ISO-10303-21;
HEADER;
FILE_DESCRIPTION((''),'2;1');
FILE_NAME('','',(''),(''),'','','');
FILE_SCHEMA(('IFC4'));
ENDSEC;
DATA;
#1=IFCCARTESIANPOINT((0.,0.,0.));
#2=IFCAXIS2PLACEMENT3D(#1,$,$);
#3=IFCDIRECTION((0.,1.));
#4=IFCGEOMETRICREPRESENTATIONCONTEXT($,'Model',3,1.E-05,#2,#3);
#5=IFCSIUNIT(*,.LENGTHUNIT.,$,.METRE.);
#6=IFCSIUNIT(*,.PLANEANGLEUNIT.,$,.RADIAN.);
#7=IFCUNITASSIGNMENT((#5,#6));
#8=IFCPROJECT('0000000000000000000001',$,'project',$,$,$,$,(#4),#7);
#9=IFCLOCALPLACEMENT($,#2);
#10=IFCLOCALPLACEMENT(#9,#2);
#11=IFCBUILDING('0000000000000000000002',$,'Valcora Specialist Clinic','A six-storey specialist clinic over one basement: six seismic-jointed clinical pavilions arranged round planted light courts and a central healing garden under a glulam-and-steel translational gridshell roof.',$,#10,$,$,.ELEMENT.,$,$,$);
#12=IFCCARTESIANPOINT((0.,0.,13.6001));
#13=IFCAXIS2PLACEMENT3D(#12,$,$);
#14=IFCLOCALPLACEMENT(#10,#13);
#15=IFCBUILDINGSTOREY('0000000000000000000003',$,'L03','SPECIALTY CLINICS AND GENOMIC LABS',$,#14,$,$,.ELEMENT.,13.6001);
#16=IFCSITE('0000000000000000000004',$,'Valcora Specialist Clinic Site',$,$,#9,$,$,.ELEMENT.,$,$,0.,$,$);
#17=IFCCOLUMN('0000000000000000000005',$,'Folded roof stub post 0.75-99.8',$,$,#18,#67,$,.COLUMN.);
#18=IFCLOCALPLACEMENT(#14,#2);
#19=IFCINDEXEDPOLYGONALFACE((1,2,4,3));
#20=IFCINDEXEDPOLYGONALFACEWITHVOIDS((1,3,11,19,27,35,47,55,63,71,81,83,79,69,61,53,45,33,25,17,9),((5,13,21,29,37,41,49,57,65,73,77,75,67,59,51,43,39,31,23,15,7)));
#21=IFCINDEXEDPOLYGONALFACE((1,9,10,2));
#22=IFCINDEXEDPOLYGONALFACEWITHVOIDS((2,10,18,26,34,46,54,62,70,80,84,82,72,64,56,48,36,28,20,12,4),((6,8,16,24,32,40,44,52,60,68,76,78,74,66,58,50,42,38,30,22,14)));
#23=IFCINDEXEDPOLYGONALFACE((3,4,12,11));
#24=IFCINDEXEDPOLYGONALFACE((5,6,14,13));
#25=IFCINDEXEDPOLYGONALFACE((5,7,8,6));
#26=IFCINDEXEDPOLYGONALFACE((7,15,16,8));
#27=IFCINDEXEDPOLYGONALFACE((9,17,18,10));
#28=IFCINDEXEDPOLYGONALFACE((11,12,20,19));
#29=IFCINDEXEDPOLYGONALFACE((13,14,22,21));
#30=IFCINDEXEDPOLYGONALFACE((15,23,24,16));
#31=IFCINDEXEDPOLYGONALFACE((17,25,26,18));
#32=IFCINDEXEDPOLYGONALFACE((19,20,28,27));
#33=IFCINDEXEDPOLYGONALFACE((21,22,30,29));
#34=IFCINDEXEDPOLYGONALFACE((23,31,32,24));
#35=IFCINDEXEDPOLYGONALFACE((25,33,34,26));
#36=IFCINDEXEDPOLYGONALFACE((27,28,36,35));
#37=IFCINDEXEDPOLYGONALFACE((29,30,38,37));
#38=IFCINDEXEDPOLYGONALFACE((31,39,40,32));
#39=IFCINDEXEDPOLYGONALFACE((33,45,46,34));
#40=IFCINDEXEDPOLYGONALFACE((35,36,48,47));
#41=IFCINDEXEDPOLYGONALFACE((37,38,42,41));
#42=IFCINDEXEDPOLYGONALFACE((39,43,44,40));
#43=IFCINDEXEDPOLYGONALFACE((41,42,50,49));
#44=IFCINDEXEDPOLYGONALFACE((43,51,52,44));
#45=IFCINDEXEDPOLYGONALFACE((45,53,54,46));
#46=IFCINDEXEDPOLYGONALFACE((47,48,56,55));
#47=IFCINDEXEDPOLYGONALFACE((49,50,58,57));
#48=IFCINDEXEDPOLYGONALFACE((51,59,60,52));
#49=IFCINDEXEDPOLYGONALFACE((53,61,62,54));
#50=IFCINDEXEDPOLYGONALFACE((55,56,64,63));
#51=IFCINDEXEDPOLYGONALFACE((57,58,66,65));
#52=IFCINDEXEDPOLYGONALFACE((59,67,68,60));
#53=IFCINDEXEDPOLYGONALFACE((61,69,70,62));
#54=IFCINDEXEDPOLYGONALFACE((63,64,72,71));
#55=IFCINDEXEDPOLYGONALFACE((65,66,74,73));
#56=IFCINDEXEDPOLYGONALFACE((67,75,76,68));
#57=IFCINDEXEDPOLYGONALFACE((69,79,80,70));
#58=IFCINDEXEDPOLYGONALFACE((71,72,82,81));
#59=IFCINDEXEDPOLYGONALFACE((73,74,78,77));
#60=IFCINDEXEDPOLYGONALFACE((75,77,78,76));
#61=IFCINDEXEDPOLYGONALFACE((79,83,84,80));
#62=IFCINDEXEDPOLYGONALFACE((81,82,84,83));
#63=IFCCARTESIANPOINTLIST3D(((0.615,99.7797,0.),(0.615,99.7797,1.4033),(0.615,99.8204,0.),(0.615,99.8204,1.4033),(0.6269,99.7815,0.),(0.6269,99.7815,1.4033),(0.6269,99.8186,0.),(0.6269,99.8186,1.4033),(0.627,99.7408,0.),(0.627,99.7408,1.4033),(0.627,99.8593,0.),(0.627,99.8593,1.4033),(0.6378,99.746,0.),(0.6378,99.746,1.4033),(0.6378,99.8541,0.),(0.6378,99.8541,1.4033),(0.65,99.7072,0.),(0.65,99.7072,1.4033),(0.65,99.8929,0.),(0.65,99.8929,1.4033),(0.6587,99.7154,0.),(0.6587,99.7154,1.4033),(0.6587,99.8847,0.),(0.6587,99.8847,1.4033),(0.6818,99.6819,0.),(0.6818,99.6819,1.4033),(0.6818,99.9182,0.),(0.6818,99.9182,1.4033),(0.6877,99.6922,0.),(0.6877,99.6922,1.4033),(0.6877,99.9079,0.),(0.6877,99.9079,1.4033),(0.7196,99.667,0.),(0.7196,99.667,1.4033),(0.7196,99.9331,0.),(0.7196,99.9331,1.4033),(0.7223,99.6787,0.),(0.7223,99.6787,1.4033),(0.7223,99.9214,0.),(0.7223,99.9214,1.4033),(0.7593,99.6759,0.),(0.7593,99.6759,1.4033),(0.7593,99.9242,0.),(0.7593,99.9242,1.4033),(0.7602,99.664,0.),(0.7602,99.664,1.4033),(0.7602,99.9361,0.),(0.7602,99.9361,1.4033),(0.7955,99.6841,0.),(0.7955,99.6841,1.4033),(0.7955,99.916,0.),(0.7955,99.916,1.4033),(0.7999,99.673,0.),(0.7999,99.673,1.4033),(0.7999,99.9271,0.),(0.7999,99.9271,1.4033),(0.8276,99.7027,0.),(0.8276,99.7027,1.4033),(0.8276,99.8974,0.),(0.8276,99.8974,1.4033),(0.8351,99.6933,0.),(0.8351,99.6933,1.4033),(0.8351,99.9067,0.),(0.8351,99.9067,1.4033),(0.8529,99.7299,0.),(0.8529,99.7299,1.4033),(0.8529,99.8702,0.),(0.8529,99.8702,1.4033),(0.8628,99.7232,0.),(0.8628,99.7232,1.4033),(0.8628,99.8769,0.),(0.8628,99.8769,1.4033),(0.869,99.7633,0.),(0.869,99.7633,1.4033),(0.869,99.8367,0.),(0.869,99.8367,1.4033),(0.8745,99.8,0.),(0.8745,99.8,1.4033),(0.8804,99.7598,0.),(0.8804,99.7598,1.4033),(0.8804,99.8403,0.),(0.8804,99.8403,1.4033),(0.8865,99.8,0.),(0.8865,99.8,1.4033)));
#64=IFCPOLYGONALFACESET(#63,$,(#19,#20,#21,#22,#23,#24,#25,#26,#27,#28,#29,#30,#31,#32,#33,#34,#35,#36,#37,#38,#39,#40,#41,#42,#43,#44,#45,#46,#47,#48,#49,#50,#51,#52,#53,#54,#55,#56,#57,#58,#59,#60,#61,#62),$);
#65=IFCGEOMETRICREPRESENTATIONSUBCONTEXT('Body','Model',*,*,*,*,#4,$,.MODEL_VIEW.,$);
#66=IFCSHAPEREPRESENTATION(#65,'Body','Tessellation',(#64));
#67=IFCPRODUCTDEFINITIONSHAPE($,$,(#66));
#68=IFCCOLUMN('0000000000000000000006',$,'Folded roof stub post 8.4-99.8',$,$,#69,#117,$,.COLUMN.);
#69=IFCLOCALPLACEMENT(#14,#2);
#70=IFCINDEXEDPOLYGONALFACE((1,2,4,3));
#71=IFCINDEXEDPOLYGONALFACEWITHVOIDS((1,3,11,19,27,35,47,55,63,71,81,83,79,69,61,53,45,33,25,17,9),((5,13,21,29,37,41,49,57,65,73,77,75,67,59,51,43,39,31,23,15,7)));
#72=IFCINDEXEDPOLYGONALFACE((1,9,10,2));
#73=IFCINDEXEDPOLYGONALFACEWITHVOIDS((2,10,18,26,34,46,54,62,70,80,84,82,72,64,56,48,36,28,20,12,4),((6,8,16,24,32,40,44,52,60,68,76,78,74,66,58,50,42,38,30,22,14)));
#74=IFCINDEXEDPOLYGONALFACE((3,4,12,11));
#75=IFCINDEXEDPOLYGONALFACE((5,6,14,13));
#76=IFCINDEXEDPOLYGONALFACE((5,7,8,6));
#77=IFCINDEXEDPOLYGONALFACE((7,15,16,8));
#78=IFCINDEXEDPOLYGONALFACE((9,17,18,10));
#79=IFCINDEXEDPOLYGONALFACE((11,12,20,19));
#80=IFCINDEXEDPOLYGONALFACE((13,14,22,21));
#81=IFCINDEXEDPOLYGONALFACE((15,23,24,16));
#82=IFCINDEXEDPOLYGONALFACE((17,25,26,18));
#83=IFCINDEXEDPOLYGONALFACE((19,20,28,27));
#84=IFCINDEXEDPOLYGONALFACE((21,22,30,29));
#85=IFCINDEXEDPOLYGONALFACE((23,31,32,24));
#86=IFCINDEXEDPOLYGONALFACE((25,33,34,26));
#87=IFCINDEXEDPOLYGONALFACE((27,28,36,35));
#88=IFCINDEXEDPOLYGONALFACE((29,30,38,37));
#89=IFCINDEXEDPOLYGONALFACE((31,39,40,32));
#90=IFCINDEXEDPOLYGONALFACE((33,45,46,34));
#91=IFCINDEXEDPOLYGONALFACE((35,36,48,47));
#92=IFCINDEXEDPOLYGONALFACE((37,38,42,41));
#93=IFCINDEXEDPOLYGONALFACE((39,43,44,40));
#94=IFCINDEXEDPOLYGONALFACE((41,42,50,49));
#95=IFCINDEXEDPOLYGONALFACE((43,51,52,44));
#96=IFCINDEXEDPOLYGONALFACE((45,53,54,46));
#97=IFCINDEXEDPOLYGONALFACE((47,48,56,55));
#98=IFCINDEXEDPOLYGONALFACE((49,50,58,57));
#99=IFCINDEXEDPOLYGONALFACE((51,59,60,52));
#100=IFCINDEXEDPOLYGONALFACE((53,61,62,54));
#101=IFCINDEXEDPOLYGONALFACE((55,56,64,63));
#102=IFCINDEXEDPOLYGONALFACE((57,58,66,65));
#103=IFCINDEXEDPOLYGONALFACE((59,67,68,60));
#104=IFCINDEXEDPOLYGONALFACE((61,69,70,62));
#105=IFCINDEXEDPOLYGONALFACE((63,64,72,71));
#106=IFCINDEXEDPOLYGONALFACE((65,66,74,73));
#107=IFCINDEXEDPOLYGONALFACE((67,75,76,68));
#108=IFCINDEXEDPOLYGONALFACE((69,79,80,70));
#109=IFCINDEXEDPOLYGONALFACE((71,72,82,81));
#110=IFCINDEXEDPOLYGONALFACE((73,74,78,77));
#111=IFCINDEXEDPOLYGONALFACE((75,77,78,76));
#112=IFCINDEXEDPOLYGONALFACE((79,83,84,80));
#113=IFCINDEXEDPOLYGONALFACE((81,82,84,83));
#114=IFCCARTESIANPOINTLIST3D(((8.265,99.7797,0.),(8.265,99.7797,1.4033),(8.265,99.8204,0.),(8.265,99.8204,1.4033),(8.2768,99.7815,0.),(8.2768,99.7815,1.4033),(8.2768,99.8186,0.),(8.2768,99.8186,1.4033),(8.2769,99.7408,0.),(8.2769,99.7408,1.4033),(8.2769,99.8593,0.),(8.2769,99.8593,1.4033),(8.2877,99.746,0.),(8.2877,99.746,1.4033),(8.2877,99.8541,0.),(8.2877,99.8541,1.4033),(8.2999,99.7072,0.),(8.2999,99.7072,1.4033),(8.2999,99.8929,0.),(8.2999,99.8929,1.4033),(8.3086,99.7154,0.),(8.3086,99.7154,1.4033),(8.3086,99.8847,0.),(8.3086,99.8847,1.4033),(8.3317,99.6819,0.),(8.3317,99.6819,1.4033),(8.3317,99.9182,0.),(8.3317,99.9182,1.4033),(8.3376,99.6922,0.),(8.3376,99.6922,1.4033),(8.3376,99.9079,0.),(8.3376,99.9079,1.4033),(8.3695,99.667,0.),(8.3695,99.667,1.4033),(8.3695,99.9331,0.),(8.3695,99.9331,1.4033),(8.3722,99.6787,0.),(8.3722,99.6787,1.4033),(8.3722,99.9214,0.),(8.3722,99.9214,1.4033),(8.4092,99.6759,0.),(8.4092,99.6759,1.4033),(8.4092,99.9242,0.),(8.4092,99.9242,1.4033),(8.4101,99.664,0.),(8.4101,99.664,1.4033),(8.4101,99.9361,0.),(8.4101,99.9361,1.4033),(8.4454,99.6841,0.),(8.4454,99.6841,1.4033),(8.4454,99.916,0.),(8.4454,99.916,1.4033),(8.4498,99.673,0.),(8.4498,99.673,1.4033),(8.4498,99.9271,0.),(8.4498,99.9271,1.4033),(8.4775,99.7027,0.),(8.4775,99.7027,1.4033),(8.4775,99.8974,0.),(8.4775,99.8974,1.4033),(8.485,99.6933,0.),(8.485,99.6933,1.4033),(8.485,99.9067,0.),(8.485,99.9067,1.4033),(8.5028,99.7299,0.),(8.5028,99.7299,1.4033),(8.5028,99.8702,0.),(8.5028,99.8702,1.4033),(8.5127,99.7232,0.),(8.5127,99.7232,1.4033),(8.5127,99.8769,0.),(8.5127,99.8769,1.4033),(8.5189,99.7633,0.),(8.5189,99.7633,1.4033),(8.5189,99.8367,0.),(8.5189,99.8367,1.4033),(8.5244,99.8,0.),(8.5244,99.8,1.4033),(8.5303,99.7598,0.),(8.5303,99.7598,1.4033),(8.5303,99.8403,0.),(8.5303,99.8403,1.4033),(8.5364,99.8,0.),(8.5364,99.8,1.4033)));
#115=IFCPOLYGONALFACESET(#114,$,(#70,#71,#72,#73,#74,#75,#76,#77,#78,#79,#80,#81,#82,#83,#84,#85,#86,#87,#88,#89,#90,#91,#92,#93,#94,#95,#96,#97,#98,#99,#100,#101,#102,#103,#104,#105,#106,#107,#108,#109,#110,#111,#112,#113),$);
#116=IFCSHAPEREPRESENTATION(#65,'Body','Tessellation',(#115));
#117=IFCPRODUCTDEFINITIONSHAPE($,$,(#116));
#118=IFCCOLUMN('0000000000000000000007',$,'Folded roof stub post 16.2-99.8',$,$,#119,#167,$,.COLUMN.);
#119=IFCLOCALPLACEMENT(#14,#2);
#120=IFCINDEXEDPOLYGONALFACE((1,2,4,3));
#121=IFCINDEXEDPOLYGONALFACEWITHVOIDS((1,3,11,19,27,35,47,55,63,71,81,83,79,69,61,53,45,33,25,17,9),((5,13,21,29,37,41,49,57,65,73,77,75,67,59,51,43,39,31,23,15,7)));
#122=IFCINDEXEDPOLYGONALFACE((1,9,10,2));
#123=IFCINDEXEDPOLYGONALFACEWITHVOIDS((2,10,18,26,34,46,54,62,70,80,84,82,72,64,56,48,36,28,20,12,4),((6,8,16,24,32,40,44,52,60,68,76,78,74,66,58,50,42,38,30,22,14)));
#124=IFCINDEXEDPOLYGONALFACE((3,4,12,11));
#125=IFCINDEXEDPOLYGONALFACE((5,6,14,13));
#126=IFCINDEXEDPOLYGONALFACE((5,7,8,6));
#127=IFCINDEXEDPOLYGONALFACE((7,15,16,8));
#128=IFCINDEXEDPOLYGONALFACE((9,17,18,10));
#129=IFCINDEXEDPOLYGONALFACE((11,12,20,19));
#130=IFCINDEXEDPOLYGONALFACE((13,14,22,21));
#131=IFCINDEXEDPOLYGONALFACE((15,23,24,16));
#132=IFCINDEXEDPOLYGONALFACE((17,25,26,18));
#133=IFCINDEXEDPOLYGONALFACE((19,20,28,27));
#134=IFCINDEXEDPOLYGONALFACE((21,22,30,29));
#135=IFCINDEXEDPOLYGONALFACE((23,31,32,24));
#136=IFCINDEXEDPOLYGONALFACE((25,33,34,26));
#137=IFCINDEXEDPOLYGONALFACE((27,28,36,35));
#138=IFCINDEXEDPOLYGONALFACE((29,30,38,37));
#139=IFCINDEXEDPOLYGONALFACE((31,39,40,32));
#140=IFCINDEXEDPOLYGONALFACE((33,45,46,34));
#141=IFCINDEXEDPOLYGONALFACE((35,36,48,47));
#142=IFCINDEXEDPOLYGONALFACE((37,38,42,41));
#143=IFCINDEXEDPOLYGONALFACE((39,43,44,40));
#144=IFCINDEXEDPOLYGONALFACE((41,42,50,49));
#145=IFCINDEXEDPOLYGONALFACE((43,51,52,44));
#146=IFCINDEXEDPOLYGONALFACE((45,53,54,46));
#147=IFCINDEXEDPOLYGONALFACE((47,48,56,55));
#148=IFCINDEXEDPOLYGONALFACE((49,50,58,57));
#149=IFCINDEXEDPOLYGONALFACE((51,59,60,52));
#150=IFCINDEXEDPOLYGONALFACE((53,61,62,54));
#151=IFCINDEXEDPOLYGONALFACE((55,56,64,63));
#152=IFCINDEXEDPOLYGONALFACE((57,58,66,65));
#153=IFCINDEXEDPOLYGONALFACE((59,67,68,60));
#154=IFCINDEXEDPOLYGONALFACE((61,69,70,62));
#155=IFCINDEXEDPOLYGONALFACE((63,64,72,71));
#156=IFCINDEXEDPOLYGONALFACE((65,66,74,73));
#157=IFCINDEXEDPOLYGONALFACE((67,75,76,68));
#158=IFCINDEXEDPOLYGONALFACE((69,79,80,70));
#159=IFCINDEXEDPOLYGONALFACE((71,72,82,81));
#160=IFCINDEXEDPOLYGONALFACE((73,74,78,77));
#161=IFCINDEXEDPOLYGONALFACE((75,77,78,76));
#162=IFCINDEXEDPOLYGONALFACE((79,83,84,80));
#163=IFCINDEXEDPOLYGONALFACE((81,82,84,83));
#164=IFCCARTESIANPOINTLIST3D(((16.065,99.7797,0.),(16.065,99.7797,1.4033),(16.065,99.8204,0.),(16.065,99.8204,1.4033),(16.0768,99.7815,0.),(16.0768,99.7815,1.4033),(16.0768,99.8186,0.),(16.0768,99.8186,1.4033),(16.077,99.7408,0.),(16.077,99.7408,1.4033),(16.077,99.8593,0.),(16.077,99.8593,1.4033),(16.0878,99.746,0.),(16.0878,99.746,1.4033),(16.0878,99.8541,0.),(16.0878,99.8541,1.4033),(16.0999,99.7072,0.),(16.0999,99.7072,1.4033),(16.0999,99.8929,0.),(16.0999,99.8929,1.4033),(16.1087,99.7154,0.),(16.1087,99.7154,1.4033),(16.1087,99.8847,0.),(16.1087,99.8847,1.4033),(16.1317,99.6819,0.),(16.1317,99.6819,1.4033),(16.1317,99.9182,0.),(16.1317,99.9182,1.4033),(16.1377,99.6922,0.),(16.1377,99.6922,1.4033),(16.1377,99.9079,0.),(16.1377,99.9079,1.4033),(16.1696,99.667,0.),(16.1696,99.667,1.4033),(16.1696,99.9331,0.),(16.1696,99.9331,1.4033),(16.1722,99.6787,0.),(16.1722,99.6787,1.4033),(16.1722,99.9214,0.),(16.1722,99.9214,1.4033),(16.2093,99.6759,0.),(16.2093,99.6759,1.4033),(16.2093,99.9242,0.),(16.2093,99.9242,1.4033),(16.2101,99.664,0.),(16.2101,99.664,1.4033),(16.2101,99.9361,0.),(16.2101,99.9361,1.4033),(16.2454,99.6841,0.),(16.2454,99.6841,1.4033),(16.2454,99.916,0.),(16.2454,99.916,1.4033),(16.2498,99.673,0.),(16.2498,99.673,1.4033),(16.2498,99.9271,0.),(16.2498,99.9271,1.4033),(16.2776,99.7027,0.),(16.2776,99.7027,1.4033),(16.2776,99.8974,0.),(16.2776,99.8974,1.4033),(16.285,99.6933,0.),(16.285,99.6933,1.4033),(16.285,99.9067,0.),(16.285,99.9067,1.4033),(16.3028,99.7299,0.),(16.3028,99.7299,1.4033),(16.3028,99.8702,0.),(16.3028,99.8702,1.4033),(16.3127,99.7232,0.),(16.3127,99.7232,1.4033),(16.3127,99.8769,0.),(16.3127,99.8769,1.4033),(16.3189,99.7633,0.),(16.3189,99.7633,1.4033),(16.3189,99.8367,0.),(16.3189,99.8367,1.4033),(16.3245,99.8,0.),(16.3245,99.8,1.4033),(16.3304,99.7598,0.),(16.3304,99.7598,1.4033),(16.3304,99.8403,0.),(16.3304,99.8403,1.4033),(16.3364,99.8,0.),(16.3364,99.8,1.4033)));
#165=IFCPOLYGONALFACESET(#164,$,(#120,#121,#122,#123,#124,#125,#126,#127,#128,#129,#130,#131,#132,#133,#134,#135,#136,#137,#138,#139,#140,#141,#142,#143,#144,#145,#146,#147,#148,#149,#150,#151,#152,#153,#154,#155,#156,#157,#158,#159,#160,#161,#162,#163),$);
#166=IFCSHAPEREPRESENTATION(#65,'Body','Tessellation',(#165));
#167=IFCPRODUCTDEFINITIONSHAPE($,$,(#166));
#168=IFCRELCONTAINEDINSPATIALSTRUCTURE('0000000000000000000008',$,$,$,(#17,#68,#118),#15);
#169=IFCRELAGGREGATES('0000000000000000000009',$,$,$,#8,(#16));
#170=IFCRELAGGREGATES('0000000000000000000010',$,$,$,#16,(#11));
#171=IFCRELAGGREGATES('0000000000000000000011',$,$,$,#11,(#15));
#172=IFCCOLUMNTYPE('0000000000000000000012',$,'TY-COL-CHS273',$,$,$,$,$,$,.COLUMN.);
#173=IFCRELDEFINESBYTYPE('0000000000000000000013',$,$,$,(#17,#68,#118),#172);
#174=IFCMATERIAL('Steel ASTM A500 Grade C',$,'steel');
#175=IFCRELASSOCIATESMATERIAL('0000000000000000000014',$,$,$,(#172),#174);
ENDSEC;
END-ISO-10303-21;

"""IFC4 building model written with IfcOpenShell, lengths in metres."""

from ifc_helpers import new_model, si_unit, direction, frame, origin, origin_2d, place, context, subcontext, project, spatial, hollow_circle, extrude, material, material_profile, profile_set, type_object, element, save


model = new_model("IFC4")

# Units and contexts
model_context = context("Model", 3, precision=1e-05, world=origin(), true_north=direction((0.0, 1.0)))
body_context = subcontext(model_context, "Body", "Model", "MODEL_VIEW")
ifc_project = project(units=[si_unit("LENGTHUNIT", "METRE"), si_unit("PLANEANGLEUNIT", "RADIAN")], contexts=[model_context])

# Site, building, storey
site_placement = place(None, origin())
site = spatial("IfcSite", under=ifc_project, at=site_placement, Name="Valcora Specialist Clinic Site", CompositionType="ELEMENT", RefElevation=0.0)
building_placement = place(site_placement, origin())
building = spatial("IfcBuilding", under=site, at=building_placement, Name="Valcora Specialist Clinic", Description="A six-storey specialist clinic over one basement: six seismic-jointed clinical pavilions arranged round planted light courts and a central healing garden under a glulam-and-steel translational gridshell roof.", CompositionType="ELEMENT")
storey_placement = place(building_placement, frame((0.0, 0.0, 13.6001)))
storey = spatial("IfcBuildingStorey", under=building, at=storey_placement, Name="L03", Description="SPECIALTY CLINICS AND GENOMIC LABS", CompositionType="ELEMENT", Elevation=13.6001)

# Columns
ifc_material_1 = material(Name="Steel ASTM A500 Grade C", Category="steel")
ifc_material_profile_1 = material_profile(ifc_material_1, hollow_circle(Radius=0.1365, WallThickness=0.012, at=origin_2d()), Name="ST-CHS-273X12")
ifc_profile_set_1 = profile_set([ifc_material_profile_1], Name="Steel ASTM A500 Grade C")
column_type = type_object("IfcColumnType", Name="TY-COL-CHS273", PredefinedType="COLUMN", material=ifc_profile_set_1)
for number, where, z_axis, x_axis, name in (
    (1, (0.75, 99.8, 0.0), (0.0, 0.0, 1.0), (1.0, 0.0, 0.0), "Folded roof stub post 0.75-99.8"),
    (2, (8.3999, 99.8, 0.0), (0.0, 0.0, 1.0), (1.0, 0.0, 0.0), "Folded roof stub post 8.4-99.8"),
    (3, (16.2, 99.8, 0.0), (0.0, 0.0, 1.0), (1.0, 0.0, 0.0), "Folded roof stub post 16.2-99.8"),
):
    element("IfcColumn", number, at=place(storey_placement, frame(where, z_axis=z_axis, x_axis=x_axis)), inside=storey, type_object=column_type, Name=name, PredefinedType="COLUMN", context=body_context, shape_type="SweptSolid", body=[
        extrude(hollow_circle(Radius=0.1365, WallThickness=0.012, at=origin_2d()), origin(), (0.0, 0.0, 1.0), 1.4033),
    ])

save(model, "model.ifc")
